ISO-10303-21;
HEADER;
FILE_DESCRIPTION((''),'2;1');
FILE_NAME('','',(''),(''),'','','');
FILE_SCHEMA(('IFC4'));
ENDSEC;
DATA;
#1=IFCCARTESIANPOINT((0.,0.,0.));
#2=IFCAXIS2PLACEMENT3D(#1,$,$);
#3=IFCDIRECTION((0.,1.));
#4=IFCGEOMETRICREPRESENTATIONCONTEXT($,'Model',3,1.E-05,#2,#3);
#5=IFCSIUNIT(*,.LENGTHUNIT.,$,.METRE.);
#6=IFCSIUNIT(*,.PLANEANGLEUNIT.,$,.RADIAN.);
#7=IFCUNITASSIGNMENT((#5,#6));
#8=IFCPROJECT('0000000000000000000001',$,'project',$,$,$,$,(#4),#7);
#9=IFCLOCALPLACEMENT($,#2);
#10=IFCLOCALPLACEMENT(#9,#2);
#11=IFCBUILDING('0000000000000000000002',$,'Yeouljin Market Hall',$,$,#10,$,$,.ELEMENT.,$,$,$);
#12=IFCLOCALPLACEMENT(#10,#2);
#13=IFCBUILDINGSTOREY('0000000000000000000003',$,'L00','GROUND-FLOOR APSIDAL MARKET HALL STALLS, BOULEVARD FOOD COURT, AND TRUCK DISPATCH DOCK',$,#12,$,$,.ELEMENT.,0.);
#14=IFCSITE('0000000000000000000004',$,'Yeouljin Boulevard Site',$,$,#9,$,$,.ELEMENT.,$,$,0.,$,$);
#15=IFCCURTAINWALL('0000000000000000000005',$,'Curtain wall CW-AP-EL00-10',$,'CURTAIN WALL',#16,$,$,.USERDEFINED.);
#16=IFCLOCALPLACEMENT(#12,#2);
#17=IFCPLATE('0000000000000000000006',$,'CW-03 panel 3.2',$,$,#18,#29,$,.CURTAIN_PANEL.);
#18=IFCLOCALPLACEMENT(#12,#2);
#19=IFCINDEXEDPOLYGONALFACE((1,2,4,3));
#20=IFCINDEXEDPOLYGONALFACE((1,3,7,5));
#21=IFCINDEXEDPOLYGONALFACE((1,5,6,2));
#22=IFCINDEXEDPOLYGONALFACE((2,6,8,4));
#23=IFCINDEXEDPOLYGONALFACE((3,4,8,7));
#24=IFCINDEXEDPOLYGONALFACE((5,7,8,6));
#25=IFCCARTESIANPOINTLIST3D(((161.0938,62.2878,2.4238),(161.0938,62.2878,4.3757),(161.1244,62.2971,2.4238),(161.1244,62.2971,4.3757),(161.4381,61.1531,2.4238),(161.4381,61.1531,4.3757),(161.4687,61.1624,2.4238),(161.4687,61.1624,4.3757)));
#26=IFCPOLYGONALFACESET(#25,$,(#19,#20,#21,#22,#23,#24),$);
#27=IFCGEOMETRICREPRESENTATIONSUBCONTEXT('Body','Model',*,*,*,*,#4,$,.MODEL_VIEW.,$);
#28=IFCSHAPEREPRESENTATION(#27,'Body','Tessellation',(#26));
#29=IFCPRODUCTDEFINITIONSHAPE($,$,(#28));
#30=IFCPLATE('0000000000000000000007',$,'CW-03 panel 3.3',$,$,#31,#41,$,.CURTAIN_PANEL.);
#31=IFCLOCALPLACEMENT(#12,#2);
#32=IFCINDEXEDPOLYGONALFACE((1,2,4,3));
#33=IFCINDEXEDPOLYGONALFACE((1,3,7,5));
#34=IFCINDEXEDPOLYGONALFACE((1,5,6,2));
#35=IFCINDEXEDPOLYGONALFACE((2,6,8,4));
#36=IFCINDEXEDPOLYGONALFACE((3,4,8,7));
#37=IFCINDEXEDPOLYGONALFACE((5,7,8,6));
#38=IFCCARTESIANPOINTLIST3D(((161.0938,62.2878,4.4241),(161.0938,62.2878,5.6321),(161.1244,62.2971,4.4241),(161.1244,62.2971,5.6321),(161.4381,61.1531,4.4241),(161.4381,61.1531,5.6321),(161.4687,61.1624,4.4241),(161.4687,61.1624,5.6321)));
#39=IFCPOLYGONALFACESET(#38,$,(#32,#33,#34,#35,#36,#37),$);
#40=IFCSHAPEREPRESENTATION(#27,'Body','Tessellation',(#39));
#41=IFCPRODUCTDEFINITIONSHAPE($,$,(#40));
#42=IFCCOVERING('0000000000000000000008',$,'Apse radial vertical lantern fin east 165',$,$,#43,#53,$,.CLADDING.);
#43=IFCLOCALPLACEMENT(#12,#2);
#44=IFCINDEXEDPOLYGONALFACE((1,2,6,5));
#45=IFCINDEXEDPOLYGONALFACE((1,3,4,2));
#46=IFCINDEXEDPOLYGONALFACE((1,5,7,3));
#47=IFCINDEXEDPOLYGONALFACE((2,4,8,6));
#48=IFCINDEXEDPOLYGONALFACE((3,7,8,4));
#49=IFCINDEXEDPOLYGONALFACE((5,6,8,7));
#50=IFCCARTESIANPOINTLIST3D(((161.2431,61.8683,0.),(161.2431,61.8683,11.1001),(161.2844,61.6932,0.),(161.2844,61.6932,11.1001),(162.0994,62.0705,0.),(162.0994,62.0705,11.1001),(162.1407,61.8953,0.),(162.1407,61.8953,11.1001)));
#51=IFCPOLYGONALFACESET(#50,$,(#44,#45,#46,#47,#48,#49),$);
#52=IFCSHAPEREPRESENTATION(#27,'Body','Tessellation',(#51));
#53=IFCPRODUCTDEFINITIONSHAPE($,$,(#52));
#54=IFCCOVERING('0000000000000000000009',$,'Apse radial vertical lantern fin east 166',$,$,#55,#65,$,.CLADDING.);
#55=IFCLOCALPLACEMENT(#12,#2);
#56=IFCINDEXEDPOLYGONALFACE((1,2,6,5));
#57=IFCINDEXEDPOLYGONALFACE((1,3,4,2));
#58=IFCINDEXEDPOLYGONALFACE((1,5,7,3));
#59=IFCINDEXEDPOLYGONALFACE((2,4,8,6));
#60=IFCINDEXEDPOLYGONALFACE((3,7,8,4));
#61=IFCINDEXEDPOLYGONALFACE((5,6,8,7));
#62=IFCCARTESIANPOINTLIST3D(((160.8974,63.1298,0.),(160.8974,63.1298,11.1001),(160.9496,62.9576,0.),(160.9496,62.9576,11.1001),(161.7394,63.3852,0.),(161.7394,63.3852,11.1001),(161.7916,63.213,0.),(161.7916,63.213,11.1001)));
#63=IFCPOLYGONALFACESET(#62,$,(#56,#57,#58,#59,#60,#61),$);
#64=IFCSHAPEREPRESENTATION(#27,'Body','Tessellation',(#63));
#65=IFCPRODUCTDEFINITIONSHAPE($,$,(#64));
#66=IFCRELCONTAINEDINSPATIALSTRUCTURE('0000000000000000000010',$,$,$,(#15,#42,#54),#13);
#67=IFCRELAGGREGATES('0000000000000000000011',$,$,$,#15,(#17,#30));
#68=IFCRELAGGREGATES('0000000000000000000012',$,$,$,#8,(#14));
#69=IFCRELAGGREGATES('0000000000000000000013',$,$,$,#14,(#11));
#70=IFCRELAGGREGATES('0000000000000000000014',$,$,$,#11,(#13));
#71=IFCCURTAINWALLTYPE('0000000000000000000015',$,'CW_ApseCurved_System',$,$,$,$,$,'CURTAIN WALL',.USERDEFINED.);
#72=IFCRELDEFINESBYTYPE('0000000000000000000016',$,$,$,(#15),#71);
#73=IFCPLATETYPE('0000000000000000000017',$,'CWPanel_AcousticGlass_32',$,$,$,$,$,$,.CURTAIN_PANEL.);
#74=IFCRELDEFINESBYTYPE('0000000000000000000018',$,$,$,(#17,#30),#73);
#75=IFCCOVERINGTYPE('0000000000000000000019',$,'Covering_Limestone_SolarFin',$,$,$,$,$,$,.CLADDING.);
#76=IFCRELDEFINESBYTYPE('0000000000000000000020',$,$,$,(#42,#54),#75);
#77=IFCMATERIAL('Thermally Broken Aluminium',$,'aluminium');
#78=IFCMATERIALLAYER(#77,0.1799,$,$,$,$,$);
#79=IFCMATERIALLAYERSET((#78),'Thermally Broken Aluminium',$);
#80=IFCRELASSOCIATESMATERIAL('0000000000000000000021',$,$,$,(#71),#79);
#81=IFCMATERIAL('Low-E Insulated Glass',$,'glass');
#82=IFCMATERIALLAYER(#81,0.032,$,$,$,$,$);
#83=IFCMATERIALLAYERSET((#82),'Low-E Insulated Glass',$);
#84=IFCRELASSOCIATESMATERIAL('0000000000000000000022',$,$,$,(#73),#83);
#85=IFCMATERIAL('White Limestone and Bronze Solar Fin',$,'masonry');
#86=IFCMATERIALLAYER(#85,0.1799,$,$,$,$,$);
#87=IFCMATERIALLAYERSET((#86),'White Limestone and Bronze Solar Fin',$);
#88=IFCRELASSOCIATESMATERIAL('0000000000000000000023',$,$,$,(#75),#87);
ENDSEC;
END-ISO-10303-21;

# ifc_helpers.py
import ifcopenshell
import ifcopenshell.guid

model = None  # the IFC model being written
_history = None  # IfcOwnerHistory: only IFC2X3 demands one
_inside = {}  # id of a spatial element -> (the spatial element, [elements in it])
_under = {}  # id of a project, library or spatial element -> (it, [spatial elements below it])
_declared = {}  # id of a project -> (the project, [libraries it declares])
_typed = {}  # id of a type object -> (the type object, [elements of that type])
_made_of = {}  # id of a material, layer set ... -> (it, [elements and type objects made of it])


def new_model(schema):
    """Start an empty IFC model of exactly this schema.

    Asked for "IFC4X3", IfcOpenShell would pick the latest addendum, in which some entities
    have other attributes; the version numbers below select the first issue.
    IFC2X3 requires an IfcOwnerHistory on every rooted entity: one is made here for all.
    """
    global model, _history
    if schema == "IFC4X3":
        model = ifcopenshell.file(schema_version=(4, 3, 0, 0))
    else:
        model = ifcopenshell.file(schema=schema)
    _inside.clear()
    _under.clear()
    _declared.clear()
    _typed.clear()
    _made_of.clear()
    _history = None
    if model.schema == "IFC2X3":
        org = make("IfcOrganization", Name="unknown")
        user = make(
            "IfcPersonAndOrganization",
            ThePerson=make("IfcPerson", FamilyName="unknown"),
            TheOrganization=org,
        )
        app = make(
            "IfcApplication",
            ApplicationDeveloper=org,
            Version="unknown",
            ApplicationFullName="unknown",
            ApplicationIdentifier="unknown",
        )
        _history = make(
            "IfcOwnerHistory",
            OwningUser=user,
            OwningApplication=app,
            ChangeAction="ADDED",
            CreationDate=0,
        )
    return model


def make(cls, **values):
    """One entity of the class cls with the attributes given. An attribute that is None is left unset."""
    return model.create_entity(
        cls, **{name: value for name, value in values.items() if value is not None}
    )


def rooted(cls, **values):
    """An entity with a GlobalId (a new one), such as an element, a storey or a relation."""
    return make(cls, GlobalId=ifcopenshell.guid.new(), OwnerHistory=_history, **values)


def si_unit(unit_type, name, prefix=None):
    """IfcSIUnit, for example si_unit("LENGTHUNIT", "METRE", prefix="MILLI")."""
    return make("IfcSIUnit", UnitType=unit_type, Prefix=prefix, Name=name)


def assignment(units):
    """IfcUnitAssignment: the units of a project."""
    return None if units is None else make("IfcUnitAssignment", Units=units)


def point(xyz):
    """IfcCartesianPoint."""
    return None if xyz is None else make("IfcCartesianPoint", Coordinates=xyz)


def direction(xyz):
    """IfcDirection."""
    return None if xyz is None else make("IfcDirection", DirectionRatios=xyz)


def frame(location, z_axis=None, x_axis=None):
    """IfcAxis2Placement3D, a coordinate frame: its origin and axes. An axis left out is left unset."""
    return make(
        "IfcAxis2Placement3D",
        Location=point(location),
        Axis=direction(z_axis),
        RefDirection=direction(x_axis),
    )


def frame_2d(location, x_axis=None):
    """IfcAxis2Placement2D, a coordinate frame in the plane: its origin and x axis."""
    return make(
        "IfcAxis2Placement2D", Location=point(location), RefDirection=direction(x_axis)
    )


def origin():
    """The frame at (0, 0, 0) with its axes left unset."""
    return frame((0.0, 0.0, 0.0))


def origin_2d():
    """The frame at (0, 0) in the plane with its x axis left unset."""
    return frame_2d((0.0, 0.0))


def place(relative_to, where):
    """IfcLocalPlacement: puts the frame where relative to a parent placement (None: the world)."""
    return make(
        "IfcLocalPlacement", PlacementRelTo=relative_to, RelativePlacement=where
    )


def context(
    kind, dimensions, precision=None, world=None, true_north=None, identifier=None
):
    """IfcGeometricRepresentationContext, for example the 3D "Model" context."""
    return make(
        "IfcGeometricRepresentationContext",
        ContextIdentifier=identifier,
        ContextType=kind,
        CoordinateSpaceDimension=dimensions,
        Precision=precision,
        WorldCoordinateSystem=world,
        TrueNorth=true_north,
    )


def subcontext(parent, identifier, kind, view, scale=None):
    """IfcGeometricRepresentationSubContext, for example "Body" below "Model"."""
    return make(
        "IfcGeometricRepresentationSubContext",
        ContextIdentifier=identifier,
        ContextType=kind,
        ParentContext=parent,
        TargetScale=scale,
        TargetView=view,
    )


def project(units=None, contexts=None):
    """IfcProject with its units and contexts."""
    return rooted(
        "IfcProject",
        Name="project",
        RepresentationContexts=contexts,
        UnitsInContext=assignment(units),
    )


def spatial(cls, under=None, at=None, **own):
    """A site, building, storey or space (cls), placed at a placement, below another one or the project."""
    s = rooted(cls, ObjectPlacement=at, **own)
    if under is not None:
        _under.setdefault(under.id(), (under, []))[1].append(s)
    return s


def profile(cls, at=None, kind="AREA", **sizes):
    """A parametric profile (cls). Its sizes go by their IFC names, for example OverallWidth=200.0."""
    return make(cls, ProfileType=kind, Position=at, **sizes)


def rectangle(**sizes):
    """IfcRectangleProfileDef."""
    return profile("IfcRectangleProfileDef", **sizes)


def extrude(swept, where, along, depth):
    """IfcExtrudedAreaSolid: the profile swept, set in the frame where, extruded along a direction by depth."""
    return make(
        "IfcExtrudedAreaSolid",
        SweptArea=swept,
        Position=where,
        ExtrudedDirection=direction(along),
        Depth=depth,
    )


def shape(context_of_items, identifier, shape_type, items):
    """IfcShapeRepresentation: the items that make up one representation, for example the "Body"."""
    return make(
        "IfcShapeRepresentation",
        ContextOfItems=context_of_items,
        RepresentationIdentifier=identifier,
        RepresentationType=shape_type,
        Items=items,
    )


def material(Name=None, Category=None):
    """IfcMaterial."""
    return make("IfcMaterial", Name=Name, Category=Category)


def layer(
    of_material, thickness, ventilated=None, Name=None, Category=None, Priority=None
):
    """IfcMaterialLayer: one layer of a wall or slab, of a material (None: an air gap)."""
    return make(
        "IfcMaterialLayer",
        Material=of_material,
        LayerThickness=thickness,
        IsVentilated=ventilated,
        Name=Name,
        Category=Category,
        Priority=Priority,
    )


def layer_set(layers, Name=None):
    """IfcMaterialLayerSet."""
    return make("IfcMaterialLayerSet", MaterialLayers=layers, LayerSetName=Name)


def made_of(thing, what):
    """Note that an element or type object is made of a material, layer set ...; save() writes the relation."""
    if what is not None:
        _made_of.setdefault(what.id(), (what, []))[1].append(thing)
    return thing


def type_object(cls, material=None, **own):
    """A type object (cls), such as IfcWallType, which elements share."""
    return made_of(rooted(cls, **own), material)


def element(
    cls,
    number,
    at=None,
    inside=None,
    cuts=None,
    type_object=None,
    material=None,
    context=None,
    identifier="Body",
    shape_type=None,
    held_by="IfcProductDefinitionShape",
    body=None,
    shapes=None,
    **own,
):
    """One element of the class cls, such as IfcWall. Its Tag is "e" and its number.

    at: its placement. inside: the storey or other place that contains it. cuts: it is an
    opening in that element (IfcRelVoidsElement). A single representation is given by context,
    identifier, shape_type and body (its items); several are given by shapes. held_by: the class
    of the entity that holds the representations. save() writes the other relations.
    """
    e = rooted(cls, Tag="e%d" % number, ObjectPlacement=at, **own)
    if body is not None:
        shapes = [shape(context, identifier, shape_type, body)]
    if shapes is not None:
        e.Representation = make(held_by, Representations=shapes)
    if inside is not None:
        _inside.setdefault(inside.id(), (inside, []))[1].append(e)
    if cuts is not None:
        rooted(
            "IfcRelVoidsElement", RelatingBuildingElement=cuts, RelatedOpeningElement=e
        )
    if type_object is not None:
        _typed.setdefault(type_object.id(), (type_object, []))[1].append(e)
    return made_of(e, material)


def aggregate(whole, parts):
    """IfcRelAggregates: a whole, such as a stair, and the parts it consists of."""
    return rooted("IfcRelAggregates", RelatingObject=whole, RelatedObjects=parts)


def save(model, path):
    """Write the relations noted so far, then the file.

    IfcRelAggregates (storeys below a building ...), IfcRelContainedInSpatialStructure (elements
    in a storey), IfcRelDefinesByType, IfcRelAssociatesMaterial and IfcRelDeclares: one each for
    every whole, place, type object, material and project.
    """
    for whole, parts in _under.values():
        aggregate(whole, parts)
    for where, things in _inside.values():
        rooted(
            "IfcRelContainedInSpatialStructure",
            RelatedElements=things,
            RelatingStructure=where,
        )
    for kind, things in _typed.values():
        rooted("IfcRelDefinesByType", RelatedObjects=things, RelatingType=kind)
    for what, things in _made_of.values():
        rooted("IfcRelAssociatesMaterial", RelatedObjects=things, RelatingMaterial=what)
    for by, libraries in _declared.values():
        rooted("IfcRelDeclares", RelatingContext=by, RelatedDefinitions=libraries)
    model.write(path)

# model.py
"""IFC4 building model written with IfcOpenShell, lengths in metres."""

from ifc_helpers import new_model, si_unit, direction, frame, origin, origin_2d, place, context, subcontext, project, spatial, rectangle, extrude, material, layer, layer_set, type_object, element, aggregate, save


model = new_model("IFC4")

# Units and contexts
model_context = context("Model", 3, precision=1e-05, world=origin(), true_north=direction((0.0, 1.0)))
body_context = subcontext(model_context, "Body", "Model", "MODEL_VIEW")
ifc_project = project(units=[si_unit("LENGTHUNIT", "METRE"), si_unit("PLANEANGLEUNIT", "RADIAN")], contexts=[model_context])

# Site, building, storey
site_placement = place(None, origin())
site = spatial("IfcSite", under=ifc_project, at=site_placement, Name="Yeouljin Boulevard Site", CompositionType="ELEMENT", RefElevation=0.0)
building_placement = place(site_placement, origin())
building = spatial("IfcBuilding", under=site, at=building_placement, Name="Yeouljin Market Hall", CompositionType="ELEMENT")
storey_placement = place(building_placement, origin())
storey = spatial("IfcBuildingStorey", under=building, at=storey_placement, Name="L00", Description="GROUND-FLOOR APSIDAL MARKET HALL STALLS, BOULEVARD FOOD COURT, AND TRUCK DISPATCH DOCK", CompositionType="ELEMENT", Elevation=0.0)

# Curtain wall
ifc_material_1 = material(Name="Thermally Broken Aluminium", Category="aluminium")
ifc_layer_1 = layer(ifc_material_1, 0.1799)
ifc_layer_set_1 = layer_set([ifc_layer_1], Name="Thermally Broken Aluminium")
curtain_wall_type = type_object("IfcCurtainWallType", Name="CW_ApseCurved_System", ElementType="CURTAIN WALL", PredefinedType="USERDEFINED", material=ifc_layer_set_1)
curtain_wall_1_placement = place(storey_placement, origin())
curtain_wall_1 = element("IfcCurtainWall", 1, at=curtain_wall_1_placement, inside=storey, type_object=curtain_wall_type, Name="Curtain wall CW-AP-EL00-10", ObjectType="CURTAIN WALL", PredefinedType="USERDEFINED")

# Plates
ifc_material_2 = material(Name="Low-E Insulated Glass", Category="glass")
ifc_layer_2 = layer(ifc_material_2, 0.032)
ifc_layer_set_2 = layer_set([ifc_layer_2], Name="Low-E Insulated Glass")
plate_type = type_object("IfcPlateType", Name="CWPanel_AcousticGlass_32", PredefinedType="CURTAIN_PANEL", material=ifc_layer_set_2)
plate_1_placement = place(storey_placement, frame((161.2812, 61.7251, 2.4238), z_axis=(0.0, 0.0, 1.0), x_axis=(0.290286, -0.95694, 0.0)))
plate_1 = element("IfcPlate", 2, at=plate_1_placement, type_object=plate_type, Name="CW-03 panel 3.2", PredefinedType="CURTAIN_PANEL", context=body_context, shape_type="SweptSolid", body=[
    extrude(rectangle(XDim=1.1858, YDim=0.032, at=origin_2d()), origin(), (0.0, 0.0, 1.0), 1.9519),
])
plate_2_placement = place(storey_placement, frame((161.2812, 61.7251, 4.4241), z_axis=(0.0, 0.0, 1.0), x_axis=(0.290286, -0.95694, 0.0)))
plate_2 = element("IfcPlate", 3, at=plate_2_placement, type_object=plate_type, Name="CW-03 panel 3.3", PredefinedType="CURTAIN_PANEL", context=body_context, shape_type="SweptSolid", body=[
    extrude(rectangle(XDim=1.1858, YDim=0.032, at=origin_2d()), origin(), (0.0, 0.0, 1.0), 1.208),
])
aggregate(curtain_wall_1, [plate_1, plate_2])

# Coverings
ifc_material_3 = material(Name="White Limestone and Bronze Solar Fin", Category="masonry")
ifc_layer_3 = layer(ifc_material_3, 0.1799)
ifc_layer_set_3 = layer_set([ifc_layer_3], Name="White Limestone and Bronze Solar Fin")
covering_type = type_object("IfcCoveringType", Name="Covering_Limestone_SolarFin", PredefinedType="CLADDING", material=ifc_layer_set_3)
for number, where, z_axis, x_axis, name in (
    (4, (161.6919, 61.8818, 0.0), (0.0, 0.0, 1.0), (0.973259, 0.22971, 0.0), "Apse radial vertical lantern fin east 165"),
    (5, (161.3445, 63.1714, 0.0), (0.0, 0.0, 1.0), (0.956966, 0.290201, 0.0), "Apse radial vertical lantern fin east 166"),
):
    element("IfcCovering", number, at=place(storey_placement, frame(where, z_axis=z_axis, x_axis=x_axis)), inside=storey, type_object=covering_type, Name=name, PredefinedType="CLADDING", context=body_context, shape_type="SweptSolid", body=[
        extrude(rectangle(XDim=0.8799, YDim=0.1799, at=origin_2d()), origin(), (0.0, 0.0, 1.0), 11.1001),
    ])

save(model, "model.ifc")
